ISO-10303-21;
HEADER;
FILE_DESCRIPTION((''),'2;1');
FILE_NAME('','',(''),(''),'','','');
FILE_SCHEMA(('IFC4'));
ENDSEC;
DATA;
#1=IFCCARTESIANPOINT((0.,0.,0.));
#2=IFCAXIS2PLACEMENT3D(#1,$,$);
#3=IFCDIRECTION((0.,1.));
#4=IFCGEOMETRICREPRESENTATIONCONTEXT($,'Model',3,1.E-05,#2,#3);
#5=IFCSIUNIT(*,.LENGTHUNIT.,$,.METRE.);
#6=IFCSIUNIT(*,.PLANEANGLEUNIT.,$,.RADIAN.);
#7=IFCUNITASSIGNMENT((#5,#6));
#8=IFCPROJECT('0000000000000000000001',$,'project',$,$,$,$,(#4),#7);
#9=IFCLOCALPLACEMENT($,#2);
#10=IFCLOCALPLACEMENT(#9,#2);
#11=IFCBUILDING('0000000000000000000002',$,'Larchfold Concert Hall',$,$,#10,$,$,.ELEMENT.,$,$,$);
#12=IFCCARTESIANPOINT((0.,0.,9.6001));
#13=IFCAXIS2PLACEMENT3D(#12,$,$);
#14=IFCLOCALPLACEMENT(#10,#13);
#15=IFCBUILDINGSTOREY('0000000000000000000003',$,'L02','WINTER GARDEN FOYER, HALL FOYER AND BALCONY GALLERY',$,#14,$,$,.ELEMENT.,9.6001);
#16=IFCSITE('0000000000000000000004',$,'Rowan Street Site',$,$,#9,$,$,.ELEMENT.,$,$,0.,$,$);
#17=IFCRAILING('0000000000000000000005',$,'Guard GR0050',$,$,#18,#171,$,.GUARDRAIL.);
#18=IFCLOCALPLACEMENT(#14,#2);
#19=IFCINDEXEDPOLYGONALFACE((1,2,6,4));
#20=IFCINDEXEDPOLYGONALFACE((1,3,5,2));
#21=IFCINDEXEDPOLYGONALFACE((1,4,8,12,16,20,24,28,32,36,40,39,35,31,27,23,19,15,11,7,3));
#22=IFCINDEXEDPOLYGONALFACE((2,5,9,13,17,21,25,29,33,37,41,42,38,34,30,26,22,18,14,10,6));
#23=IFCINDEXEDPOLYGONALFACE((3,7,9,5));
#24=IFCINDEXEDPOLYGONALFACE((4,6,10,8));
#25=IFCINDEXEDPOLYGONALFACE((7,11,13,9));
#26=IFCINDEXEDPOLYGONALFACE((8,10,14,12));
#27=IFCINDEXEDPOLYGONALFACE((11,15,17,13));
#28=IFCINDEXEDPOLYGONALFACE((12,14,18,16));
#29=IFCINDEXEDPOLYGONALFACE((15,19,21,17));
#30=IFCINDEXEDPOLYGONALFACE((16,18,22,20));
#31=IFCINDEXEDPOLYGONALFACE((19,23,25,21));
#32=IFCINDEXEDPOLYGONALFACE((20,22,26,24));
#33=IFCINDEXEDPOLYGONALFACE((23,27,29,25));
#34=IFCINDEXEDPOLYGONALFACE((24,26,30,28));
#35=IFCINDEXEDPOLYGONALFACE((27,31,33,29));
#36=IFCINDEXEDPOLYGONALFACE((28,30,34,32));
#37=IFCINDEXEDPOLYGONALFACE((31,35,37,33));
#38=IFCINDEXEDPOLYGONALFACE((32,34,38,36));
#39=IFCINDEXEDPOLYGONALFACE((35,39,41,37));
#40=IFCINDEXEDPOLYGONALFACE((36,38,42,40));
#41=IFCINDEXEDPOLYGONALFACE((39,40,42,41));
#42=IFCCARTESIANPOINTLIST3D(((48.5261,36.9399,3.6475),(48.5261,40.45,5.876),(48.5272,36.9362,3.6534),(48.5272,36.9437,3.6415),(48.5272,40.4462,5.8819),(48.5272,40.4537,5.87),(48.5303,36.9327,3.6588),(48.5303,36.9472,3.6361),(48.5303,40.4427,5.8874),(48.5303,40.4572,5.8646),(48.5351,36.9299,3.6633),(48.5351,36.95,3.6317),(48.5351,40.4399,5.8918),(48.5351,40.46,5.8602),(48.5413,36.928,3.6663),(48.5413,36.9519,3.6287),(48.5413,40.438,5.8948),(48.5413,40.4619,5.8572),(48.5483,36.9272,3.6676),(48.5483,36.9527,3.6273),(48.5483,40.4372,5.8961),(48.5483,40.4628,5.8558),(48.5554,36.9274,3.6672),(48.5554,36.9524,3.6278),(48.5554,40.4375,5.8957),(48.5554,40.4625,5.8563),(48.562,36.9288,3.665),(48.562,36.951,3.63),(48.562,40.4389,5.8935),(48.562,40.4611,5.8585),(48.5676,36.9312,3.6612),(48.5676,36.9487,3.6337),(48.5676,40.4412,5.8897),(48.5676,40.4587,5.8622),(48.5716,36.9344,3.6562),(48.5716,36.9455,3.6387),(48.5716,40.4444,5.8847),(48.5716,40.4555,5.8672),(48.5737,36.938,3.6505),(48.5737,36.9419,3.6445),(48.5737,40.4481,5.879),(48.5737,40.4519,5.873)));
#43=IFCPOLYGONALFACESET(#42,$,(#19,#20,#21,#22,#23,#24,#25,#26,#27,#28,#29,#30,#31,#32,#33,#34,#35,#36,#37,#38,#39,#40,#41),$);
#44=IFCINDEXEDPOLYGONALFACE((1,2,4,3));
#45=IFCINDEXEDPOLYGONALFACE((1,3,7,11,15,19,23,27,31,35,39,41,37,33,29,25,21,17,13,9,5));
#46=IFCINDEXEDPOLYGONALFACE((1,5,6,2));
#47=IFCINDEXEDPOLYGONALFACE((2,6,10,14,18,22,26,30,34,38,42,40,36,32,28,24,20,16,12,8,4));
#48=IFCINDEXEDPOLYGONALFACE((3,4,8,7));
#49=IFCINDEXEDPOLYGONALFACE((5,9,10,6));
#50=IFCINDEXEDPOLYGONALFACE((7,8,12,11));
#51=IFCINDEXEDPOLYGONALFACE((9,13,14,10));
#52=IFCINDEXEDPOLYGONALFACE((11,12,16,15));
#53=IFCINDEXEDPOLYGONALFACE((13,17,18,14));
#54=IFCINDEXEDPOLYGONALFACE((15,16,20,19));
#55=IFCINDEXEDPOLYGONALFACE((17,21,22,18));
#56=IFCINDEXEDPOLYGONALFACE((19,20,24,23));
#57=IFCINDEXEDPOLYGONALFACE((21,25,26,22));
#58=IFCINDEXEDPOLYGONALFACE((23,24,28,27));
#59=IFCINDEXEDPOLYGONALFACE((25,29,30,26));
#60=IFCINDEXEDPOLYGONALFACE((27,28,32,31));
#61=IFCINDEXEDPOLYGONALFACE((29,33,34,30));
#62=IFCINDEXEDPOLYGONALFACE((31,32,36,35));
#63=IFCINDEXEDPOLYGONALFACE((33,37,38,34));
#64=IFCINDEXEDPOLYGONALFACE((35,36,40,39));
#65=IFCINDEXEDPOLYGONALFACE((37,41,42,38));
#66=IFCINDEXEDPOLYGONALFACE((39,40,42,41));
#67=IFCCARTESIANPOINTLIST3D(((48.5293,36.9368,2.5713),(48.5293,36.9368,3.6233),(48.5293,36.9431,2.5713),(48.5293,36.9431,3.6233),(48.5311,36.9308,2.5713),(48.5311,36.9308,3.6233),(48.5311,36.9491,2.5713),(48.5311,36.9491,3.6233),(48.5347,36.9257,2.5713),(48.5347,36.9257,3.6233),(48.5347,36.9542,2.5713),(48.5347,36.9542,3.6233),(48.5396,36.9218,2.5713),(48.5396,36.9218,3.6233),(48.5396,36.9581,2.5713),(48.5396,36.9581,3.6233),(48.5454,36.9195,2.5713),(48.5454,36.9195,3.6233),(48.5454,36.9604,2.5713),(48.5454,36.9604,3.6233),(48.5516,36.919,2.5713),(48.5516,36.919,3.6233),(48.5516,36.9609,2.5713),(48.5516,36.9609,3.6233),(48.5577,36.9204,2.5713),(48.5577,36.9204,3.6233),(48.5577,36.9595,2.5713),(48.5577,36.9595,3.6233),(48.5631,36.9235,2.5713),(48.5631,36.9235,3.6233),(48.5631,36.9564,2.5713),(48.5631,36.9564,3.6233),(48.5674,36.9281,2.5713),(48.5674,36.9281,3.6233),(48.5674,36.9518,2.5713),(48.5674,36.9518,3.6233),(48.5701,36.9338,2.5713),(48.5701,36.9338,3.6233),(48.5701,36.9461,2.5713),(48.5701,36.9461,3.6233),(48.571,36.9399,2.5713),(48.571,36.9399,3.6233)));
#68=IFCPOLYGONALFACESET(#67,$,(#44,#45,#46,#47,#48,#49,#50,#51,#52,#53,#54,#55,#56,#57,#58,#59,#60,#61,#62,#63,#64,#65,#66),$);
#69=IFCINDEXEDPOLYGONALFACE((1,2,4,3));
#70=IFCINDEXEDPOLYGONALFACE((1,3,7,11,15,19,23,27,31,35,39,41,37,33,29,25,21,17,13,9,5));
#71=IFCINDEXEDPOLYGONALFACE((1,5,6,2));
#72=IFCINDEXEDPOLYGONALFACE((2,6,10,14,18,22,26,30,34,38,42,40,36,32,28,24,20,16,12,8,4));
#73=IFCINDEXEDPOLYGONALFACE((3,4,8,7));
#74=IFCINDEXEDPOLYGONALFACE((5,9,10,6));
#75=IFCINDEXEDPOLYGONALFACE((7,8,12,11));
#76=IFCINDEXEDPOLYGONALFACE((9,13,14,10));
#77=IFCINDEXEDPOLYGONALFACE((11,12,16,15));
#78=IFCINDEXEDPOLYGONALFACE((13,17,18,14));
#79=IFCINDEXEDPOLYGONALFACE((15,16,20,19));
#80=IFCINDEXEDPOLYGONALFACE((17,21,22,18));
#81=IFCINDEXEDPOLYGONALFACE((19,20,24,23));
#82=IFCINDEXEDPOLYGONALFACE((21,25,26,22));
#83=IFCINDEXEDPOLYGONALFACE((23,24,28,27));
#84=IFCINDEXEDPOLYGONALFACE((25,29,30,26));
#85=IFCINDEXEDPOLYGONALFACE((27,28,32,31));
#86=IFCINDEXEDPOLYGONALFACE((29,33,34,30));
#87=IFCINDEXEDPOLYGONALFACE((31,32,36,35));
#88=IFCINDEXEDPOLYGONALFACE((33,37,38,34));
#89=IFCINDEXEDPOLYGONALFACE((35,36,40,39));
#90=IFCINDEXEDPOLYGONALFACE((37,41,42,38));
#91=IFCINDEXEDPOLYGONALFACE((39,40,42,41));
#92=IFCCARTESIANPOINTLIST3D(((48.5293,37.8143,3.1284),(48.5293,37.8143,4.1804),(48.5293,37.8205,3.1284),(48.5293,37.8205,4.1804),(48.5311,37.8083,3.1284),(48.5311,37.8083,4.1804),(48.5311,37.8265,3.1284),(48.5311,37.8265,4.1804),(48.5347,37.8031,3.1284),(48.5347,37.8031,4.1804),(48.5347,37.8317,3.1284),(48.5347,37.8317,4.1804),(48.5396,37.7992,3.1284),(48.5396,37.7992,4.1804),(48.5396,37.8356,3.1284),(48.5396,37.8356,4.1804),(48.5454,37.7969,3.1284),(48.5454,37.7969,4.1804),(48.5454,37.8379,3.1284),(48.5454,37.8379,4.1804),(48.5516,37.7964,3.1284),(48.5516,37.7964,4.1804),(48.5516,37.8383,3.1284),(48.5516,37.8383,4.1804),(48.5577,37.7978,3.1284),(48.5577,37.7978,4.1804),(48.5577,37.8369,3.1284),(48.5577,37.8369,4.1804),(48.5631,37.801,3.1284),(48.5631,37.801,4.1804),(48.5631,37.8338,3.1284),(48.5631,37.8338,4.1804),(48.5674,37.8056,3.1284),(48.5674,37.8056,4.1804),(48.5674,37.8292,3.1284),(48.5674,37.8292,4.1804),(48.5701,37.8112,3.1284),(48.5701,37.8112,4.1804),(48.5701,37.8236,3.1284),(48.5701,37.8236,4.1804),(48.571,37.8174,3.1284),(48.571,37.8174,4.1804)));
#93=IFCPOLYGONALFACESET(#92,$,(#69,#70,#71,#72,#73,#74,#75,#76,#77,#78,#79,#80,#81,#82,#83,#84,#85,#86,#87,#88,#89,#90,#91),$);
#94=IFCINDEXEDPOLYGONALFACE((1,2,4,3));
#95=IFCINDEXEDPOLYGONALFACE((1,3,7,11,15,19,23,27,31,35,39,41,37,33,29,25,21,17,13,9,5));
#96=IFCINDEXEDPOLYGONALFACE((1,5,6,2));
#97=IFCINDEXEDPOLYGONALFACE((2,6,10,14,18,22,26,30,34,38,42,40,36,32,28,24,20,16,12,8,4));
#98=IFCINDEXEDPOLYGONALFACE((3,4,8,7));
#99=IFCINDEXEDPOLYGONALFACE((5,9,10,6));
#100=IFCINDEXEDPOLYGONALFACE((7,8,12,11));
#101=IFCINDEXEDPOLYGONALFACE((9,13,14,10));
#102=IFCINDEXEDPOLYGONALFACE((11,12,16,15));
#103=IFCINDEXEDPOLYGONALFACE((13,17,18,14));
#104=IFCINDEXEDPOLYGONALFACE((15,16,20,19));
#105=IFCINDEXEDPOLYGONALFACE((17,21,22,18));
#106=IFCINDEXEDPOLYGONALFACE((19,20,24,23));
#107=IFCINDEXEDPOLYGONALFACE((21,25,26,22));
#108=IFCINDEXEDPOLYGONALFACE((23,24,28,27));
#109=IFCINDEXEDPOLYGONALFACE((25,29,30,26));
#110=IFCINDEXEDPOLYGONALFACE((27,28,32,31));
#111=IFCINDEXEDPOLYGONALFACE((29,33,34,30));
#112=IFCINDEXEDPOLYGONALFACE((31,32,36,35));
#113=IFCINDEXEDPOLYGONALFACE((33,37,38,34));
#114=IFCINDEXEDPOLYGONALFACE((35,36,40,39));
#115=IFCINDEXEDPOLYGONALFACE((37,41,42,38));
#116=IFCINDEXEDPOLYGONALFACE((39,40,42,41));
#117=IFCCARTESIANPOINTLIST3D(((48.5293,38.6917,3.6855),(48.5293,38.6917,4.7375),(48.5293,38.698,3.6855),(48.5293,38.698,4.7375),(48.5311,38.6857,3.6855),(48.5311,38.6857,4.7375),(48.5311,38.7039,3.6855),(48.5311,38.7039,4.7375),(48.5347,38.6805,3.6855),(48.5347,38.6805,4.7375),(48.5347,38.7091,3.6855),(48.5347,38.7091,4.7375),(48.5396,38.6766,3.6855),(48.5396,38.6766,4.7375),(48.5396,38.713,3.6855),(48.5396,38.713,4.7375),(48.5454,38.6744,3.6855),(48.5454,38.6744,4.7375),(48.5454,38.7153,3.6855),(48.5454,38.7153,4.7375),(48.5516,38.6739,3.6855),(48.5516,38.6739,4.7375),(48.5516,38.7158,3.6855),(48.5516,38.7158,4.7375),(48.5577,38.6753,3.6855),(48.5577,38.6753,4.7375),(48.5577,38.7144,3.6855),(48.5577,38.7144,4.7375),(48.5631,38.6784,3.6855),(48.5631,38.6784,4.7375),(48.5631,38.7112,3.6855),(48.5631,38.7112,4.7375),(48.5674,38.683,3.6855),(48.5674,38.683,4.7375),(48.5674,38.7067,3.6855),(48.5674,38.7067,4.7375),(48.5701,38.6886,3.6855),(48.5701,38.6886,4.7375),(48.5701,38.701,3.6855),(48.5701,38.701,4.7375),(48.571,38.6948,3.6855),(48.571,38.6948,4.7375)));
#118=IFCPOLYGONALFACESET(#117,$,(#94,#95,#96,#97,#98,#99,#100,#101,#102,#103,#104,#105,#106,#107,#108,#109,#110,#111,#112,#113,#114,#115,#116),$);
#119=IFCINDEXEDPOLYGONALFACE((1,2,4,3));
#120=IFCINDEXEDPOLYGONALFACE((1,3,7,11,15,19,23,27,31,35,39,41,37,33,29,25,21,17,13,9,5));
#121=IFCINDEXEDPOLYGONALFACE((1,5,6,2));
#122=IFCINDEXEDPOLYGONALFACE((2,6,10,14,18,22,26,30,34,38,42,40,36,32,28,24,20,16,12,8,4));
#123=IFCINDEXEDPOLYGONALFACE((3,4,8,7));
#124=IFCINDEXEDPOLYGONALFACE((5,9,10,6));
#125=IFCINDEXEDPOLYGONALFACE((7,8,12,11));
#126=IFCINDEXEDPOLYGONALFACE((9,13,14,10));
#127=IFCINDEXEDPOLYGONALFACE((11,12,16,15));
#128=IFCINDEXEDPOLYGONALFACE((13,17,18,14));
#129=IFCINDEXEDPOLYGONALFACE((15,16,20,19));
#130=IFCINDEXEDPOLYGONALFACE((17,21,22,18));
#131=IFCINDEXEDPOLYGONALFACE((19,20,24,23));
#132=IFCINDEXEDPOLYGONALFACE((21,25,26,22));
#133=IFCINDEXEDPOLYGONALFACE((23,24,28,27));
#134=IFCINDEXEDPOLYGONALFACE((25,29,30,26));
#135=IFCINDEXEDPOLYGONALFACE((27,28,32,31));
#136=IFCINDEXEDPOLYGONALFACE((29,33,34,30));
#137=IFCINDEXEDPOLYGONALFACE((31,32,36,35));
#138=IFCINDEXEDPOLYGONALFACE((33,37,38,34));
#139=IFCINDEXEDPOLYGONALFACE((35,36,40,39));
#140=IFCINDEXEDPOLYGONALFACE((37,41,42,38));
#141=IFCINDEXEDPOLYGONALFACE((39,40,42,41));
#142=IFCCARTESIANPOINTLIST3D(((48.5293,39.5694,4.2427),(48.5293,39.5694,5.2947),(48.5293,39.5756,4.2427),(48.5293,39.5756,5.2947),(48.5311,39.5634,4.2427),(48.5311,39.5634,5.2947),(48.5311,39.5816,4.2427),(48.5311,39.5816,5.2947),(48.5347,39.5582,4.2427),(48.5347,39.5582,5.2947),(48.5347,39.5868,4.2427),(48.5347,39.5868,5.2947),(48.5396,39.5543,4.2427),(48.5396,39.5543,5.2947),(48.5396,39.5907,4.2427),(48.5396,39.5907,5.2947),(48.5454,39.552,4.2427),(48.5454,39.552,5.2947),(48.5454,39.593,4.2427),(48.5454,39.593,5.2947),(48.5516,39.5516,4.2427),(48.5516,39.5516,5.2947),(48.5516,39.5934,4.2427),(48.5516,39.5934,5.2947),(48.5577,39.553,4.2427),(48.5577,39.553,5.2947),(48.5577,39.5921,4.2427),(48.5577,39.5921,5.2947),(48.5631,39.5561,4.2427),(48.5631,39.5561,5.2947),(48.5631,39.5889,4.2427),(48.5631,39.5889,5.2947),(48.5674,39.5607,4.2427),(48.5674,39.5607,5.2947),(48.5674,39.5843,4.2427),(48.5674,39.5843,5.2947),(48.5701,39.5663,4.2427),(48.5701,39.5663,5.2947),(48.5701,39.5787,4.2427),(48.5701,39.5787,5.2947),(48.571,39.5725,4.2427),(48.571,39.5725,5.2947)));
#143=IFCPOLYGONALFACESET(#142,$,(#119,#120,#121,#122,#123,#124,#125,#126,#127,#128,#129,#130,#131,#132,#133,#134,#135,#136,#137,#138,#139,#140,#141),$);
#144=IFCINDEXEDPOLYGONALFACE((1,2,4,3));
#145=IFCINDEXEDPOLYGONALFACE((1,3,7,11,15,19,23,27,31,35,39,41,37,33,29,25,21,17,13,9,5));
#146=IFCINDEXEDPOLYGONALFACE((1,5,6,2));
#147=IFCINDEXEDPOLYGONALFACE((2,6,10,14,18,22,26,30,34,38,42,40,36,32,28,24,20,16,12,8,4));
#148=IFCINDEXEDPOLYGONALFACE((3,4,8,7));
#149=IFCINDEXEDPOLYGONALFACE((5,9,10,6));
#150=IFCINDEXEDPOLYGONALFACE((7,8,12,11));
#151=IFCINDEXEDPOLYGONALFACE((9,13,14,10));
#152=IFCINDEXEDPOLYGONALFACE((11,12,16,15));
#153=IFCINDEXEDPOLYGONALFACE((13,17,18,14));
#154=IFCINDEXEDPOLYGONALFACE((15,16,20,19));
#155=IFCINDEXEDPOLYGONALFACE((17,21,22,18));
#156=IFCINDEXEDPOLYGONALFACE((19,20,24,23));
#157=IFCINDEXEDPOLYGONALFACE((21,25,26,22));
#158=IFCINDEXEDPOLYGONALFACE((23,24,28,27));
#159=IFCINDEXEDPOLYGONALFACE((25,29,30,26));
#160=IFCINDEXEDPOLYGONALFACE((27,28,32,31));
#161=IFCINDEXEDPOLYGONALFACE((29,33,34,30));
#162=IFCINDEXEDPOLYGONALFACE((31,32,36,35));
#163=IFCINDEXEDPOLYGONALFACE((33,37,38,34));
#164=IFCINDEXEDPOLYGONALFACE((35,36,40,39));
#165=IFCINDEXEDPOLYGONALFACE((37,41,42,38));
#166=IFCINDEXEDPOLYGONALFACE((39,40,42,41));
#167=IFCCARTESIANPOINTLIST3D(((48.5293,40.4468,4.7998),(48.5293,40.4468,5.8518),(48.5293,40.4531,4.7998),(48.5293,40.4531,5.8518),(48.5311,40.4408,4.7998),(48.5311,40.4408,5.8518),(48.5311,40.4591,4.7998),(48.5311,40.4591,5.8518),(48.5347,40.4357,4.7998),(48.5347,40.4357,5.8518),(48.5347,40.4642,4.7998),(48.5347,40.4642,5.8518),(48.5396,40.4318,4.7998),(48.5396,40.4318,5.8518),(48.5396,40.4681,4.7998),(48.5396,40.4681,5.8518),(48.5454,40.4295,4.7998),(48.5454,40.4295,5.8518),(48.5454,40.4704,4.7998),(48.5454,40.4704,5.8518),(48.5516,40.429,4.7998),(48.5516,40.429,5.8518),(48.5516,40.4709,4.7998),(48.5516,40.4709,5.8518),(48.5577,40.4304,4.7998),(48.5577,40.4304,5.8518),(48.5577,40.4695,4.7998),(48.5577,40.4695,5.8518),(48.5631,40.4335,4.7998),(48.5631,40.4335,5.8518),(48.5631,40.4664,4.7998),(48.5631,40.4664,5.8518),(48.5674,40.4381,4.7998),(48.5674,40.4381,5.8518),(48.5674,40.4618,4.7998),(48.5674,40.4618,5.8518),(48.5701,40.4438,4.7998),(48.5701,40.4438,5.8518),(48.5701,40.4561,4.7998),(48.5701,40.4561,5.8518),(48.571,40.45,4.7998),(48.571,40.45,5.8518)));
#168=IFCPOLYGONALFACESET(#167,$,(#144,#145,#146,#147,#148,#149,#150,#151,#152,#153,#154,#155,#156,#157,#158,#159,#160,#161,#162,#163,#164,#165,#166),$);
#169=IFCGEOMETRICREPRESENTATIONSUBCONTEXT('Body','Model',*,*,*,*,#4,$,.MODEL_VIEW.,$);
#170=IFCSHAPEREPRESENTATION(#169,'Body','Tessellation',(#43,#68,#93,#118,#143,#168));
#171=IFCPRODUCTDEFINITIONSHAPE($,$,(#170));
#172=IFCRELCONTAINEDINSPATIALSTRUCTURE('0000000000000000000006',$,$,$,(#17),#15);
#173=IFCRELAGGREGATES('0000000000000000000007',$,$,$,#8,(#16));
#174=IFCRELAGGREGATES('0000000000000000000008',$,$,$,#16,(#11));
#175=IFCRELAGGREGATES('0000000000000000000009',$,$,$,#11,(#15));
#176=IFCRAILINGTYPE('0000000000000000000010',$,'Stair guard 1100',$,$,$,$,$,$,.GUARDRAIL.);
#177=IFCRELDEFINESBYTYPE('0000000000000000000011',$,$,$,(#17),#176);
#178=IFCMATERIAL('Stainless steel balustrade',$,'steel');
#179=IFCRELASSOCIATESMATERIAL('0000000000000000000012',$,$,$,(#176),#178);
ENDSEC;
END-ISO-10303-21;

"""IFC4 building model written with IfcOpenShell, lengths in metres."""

from ifc_helpers import new_model, si_unit, direction, frame, origin, origin_2d, place, context, subcontext, project, spatial, circle, extrude, material, type_object, element, save


model = new_model("IFC4")

# Units and contexts
model_context = context("Model", 3, precision=1e-05, world=origin(), true_north=direction((0.0, 1.0)))
body_context = subcontext(model_context, "Body", "Model", "MODEL_VIEW")
ifc_project = project(units=[si_unit("LENGTHUNIT", "METRE"), si_unit("PLANEANGLEUNIT", "RADIAN")], contexts=[model_context])

# Site, building, storey
site_placement = place(None, origin())
site = spatial("IfcSite", under=ifc_project, at=site_placement, Name="Rowan Street Site", CompositionType="ELEMENT", RefElevation=0.0)
building_placement = place(site_placement, origin())
building = spatial("IfcBuilding", under=site, at=building_placement, Name="Larchfold Concert Hall", CompositionType="ELEMENT")
storey_placement = place(building_placement, frame((0.0, 0.0, 9.6001)))
storey = spatial("IfcBuildingStorey", under=building, at=storey_placement, Name="L02", Description="WINTER GARDEN FOYER, HALL FOYER AND BALCONY GALLERY", CompositionType="ELEMENT", Elevation=9.6001)

# Railing
ifc_material_1 = material(Name="Stainless steel balustrade", Category="steel")
railing_type_1 = type_object("IfcRailingType", Name="Stair guard 1100", PredefinedType="GUARDRAIL", material=ifc_material_1)
railing_1_placement = place(storey_placement, frame((48.55, 36.9399, 2.5713)))
element("IfcRailing", 1, at=railing_1_placement, inside=storey, type_object=railing_type_1, Name="Guard GR0050", PredefinedType="GUARDRAIL", context=body_context, shape_type="SweptSolid", body=[
    extrude(circle(Radius=0.0239, at=origin_2d()), frame((0.0, 0.0, 1.0762), z_axis=(0.0, 0.84422, 0.535998), x_axis=(-1.0, 0.0, 0.0)), (0.0, 0.0, 1.0), 4.1577),
    extrude(circle(Radius=0.021, at=origin_2d()), origin(), (0.0, 0.0, 1.0), 1.052),
    extrude(circle(Radius=0.021, at=origin_2d()), frame((0.0, 0.8774, 0.5571)), (0.0, 0.0, 1.0), 1.052),
    extrude(circle(Radius=0.021, at=origin_2d()), frame((0.0, 1.7549, 1.1143)), (0.0, 0.0, 1.0), 1.052),
    extrude(circle(Radius=0.021, at=origin_2d()), frame((0.0, 2.6326, 1.6714)), (0.0, 0.0, 1.0), 1.052),
    extrude(circle(Radius=0.021, at=origin_2d()), frame((0.0, 3.51, 2.2285)), (0.0, 0.0, 1.0), 1.052),
])

save(model, "model.ifc")
